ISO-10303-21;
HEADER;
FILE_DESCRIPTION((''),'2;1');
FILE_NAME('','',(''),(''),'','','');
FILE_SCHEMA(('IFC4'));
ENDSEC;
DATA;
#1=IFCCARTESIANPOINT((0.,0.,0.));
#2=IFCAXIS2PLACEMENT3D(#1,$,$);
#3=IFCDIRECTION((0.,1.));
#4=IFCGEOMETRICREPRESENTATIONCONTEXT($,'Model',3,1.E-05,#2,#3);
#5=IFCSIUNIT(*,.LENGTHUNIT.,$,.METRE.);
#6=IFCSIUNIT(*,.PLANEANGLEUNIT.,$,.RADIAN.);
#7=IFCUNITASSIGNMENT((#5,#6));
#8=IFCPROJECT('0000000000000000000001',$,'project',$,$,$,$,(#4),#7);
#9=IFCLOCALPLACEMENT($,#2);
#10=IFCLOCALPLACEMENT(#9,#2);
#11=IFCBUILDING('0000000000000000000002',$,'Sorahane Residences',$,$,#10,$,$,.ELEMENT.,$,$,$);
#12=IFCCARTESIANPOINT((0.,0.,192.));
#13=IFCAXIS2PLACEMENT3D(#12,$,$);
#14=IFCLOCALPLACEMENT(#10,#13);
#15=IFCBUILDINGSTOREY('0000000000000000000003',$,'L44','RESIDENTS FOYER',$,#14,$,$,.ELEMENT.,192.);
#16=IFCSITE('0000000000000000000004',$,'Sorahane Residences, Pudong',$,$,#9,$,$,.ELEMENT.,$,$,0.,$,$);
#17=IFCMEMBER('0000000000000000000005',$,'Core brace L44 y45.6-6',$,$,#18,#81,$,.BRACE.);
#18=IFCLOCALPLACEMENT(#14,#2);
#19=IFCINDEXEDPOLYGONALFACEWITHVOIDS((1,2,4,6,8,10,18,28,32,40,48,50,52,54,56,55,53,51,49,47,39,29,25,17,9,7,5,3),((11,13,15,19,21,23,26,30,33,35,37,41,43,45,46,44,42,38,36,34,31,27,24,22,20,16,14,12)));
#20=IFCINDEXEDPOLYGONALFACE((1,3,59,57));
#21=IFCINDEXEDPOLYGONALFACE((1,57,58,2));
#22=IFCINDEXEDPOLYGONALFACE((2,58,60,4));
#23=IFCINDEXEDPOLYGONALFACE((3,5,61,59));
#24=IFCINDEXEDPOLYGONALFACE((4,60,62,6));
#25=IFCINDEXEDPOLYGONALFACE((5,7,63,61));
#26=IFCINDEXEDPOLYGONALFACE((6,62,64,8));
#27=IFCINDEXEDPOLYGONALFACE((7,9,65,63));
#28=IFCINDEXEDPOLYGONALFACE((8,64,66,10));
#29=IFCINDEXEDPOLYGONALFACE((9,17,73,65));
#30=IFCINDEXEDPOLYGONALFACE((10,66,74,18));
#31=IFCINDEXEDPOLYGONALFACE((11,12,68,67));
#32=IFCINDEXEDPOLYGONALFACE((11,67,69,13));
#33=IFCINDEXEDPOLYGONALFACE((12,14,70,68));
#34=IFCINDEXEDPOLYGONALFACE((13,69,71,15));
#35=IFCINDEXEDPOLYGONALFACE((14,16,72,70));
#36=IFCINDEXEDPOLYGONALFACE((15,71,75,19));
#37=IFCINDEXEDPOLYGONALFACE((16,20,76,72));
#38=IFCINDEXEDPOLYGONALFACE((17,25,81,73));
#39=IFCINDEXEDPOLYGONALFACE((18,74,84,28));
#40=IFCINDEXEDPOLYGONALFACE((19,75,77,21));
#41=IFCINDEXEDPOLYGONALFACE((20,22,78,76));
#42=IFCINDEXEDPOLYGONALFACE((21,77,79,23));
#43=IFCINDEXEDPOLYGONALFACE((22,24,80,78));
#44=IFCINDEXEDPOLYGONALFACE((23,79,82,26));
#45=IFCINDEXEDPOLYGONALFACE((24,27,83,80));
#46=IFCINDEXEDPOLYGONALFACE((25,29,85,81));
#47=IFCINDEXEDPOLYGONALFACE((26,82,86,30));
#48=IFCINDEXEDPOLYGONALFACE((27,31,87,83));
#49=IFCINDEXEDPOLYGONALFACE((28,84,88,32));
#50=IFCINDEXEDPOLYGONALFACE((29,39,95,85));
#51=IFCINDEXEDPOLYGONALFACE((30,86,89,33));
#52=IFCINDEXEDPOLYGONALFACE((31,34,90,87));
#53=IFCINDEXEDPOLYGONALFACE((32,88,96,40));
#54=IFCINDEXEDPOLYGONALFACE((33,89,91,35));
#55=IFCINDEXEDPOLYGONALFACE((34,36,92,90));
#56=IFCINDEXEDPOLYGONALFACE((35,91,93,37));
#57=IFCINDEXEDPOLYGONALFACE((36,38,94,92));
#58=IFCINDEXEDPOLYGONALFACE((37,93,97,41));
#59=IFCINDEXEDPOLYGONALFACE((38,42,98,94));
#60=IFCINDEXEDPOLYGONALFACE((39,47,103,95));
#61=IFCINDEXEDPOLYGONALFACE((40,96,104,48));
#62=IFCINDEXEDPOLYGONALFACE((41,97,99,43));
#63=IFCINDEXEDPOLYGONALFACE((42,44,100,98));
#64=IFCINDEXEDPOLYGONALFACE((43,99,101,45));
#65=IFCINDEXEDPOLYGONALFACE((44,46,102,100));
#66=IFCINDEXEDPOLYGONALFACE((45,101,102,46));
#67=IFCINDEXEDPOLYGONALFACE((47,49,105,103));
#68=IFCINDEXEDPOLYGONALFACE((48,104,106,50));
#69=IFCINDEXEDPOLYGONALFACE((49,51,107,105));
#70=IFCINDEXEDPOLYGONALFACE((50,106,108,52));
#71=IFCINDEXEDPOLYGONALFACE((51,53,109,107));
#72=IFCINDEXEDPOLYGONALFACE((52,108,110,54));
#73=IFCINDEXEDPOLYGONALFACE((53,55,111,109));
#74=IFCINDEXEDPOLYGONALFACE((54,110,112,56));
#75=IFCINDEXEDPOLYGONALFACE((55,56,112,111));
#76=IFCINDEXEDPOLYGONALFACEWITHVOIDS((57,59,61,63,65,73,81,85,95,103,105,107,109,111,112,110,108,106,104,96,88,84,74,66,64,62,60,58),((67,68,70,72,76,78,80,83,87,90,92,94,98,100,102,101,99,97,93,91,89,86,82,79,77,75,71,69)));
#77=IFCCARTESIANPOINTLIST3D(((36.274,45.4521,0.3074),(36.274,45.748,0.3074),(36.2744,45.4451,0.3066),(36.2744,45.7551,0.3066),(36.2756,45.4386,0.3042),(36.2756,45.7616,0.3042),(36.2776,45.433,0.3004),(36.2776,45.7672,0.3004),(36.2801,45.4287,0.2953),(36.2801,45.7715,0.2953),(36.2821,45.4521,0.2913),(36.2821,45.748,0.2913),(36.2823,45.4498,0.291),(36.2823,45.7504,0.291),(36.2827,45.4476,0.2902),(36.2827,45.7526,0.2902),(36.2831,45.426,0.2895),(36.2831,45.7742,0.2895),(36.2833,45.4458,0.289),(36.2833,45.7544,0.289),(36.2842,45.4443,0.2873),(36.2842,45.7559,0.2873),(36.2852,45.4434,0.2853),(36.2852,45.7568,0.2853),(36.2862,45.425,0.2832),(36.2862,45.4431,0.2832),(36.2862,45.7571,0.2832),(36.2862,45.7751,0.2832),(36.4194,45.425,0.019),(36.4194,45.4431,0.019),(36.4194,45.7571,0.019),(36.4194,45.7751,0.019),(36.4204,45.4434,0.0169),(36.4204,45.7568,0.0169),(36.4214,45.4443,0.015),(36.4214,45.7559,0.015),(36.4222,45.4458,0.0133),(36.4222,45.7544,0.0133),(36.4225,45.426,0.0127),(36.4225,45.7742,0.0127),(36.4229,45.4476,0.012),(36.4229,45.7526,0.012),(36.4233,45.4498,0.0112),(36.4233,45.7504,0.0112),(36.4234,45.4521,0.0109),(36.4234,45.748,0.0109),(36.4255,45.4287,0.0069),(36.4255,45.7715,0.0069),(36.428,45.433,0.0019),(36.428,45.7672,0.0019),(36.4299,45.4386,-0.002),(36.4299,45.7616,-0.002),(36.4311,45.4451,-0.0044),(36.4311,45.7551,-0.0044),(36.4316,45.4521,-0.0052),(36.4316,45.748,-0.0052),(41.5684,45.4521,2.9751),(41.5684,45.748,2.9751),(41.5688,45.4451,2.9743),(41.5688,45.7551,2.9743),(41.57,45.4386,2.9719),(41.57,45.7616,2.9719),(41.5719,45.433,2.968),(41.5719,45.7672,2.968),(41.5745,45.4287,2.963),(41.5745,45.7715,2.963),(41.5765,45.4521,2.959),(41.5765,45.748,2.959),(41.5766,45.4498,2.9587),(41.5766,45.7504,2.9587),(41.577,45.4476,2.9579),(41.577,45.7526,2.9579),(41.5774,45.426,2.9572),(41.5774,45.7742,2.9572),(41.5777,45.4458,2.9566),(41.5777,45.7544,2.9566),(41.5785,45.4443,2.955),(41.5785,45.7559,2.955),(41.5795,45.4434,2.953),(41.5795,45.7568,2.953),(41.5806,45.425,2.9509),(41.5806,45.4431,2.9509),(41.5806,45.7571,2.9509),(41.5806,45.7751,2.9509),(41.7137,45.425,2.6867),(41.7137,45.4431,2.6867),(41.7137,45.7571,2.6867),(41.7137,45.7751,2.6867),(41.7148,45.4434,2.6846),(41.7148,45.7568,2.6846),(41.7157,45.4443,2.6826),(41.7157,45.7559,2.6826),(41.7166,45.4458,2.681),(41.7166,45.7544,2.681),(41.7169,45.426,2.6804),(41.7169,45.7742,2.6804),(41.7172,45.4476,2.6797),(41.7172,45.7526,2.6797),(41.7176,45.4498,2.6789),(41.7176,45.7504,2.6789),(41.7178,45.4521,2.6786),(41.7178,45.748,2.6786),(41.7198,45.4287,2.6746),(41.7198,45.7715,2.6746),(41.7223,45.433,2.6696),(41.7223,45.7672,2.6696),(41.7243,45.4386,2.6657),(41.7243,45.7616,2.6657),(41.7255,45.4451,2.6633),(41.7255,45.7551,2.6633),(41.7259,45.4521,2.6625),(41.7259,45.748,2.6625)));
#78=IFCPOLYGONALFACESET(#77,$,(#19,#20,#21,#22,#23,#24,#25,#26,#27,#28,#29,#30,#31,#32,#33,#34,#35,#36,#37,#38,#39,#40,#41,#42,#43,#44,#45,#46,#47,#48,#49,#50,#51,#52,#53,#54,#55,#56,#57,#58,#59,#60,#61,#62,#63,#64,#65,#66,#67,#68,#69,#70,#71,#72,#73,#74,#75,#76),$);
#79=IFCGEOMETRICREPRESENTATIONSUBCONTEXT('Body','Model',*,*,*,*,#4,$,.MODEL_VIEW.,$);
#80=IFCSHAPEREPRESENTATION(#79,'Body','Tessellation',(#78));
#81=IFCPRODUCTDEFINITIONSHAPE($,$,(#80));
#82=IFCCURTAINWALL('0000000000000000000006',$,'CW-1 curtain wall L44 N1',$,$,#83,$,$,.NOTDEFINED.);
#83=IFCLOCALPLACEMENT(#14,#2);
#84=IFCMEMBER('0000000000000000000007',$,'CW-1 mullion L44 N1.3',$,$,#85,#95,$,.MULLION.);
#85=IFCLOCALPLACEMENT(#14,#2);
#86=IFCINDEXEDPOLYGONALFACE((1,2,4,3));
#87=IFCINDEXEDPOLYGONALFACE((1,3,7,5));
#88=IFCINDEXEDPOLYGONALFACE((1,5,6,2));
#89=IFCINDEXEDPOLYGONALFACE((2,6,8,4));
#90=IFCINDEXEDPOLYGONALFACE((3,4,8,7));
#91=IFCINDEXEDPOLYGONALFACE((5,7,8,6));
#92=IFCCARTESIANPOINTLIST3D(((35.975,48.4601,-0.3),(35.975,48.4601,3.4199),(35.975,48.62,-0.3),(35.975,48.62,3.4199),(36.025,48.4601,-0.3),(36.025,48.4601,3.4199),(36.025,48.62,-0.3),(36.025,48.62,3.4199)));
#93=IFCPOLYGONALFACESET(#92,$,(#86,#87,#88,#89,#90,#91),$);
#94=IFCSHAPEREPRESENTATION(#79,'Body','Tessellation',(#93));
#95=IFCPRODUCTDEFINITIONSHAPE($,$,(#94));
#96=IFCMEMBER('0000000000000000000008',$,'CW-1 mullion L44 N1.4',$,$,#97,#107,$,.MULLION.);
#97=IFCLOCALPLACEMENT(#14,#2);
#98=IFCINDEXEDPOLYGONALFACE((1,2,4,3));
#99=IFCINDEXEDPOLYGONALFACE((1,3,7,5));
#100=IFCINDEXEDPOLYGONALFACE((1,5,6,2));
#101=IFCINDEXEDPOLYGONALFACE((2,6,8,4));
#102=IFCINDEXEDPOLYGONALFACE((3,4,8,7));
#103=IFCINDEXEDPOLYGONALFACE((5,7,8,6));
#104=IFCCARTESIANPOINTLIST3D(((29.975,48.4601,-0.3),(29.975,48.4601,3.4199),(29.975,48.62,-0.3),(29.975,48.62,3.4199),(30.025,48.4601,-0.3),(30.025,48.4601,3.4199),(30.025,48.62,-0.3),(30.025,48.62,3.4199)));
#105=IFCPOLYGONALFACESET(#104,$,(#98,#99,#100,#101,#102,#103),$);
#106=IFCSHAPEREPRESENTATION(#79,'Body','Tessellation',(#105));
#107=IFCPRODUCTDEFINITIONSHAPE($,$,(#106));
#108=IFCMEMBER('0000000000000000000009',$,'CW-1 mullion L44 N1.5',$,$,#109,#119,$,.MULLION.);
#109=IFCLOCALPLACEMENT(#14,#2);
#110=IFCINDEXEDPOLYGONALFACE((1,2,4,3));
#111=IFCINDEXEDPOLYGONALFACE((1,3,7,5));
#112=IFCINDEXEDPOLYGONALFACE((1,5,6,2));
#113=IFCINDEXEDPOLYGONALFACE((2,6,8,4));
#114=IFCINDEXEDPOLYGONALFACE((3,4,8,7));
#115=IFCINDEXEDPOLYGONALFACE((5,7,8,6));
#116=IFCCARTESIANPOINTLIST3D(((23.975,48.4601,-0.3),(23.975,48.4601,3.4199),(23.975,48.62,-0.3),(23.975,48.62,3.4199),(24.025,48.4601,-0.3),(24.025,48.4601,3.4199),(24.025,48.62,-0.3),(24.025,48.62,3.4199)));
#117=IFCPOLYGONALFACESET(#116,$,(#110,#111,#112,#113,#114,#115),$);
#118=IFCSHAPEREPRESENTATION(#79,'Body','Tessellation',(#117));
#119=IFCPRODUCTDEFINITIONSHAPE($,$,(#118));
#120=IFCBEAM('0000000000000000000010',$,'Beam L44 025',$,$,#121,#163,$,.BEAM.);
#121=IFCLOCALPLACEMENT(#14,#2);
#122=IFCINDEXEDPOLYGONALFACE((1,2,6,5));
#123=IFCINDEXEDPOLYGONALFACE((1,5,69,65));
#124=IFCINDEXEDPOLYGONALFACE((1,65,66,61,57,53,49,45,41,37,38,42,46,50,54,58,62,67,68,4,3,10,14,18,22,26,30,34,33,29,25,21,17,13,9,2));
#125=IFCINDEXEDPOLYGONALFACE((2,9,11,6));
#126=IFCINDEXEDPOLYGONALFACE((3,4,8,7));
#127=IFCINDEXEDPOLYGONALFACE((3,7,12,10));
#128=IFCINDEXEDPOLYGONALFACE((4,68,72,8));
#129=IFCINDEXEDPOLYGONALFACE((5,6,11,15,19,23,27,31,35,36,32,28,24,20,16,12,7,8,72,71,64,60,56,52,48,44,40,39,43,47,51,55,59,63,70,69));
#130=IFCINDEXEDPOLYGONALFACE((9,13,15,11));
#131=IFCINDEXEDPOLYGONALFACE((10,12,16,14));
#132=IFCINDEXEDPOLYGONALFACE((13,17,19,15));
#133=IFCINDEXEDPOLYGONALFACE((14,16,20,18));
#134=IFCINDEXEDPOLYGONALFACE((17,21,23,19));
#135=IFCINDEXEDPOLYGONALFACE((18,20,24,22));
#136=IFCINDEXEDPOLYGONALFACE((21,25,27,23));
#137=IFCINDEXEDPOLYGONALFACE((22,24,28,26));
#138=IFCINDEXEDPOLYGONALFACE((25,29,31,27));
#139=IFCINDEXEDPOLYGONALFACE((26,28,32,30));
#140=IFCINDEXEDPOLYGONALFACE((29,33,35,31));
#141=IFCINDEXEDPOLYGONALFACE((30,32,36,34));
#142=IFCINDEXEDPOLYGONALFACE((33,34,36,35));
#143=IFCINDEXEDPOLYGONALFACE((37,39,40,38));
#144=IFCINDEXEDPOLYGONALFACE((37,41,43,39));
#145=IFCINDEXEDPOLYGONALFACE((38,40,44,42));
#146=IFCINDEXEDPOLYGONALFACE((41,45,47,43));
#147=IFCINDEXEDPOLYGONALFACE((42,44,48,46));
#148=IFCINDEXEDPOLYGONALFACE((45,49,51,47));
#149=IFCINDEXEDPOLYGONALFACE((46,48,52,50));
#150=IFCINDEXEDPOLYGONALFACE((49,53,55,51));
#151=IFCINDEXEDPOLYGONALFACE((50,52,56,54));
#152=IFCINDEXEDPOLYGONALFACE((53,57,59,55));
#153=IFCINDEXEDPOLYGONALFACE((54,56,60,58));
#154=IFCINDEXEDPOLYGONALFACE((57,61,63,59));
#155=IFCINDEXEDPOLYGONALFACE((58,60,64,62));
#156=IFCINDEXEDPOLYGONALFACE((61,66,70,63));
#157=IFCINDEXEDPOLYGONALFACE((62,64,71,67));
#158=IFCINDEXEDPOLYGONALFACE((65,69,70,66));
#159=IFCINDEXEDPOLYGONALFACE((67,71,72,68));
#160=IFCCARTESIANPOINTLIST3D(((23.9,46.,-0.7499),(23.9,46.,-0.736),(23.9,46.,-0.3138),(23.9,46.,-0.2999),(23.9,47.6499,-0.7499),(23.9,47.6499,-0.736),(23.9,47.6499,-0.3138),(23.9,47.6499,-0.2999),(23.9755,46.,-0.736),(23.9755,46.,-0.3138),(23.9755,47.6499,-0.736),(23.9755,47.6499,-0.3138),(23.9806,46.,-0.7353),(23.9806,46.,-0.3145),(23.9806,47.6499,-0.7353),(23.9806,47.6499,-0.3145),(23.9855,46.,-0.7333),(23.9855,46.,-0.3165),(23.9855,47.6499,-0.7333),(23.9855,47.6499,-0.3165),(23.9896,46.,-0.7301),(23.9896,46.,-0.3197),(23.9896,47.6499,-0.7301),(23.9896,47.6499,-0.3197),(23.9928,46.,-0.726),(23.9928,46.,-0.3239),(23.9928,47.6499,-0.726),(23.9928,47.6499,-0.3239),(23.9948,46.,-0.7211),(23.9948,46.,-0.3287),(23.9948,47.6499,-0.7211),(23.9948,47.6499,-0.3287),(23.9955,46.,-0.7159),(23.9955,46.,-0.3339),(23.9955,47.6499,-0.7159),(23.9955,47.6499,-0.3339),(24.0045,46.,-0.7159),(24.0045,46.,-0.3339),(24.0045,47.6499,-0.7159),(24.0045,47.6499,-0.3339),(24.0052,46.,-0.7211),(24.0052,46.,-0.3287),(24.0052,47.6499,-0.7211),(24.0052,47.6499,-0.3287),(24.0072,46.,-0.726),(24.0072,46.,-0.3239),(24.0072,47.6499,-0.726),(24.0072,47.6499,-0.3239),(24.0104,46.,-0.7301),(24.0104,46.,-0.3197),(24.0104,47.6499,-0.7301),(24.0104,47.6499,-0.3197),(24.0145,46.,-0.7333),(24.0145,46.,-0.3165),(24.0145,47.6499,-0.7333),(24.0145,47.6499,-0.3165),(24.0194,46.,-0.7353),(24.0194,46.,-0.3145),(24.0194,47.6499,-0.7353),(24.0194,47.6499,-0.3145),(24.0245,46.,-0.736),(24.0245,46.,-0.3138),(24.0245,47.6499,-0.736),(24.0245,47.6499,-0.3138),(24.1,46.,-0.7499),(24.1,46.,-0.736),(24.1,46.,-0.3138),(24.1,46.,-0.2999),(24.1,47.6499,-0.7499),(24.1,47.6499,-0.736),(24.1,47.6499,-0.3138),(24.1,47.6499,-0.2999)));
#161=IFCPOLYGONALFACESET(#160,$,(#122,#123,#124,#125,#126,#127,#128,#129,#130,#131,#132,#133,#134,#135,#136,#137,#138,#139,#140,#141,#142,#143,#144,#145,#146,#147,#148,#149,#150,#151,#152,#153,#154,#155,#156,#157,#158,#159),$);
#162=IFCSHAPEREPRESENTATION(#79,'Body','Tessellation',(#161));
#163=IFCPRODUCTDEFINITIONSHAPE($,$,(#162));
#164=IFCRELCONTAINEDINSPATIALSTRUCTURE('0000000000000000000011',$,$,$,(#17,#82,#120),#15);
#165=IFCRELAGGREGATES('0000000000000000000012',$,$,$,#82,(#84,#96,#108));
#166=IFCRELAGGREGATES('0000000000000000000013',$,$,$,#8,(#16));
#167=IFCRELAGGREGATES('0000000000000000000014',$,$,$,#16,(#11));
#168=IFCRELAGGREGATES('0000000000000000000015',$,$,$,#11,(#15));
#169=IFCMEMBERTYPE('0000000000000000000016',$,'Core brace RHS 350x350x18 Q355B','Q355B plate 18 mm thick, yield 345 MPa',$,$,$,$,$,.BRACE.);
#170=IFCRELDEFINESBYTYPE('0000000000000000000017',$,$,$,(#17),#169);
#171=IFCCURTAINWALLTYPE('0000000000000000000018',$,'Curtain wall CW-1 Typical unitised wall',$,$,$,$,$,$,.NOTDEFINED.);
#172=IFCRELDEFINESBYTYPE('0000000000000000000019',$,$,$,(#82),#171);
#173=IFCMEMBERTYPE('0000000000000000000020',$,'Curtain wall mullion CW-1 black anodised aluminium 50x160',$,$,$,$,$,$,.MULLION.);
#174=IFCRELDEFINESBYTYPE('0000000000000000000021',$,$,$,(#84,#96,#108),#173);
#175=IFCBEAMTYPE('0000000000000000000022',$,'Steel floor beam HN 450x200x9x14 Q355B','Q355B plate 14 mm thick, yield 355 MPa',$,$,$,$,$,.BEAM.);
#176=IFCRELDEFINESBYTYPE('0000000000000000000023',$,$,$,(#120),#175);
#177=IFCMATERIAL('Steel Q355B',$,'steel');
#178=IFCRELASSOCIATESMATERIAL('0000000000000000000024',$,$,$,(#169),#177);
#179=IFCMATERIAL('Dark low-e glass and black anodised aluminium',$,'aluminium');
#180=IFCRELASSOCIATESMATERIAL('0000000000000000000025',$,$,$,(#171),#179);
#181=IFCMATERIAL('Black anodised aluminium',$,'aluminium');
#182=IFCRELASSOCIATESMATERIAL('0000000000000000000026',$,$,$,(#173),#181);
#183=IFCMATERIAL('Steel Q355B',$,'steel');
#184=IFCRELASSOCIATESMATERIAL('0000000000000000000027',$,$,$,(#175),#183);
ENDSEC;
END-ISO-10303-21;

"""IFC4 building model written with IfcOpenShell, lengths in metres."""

from ifc_helpers import new_model, si_unit, direction, frame, origin, origin_2d, place, context, subcontext, project, spatial, rectangle, hollow_rectangle, i_section, extrude, material, material_profile, profile_set, type_object, element, aggregate, save


model = new_model("IFC4")

# Units and contexts
model_context = context("Model", 3, precision=1e-05, world=origin(), true_north=direction((0.0, 1.0)))
body_context = subcontext(model_context, "Body", "Model", "MODEL_VIEW")
ifc_project = project(units=[si_unit("LENGTHUNIT", "METRE"), si_unit("PLANEANGLEUNIT", "RADIAN")], contexts=[model_context])

# Site, building, storey
site_placement = place(None, origin())
site = spatial("IfcSite", under=ifc_project, at=site_placement, Name="Sorahane Residences, Pudong", CompositionType="ELEMENT", RefElevation=0.0)
building_placement = place(site_placement, origin())
building = spatial("IfcBuilding", under=site, at=building_placement, Name="Sorahane Residences", CompositionType="ELEMENT")
storey_placement = place(building_placement, frame((0.0, 0.0, 192.0)))
storey = spatial("IfcBuildingStorey", under=building, at=storey_placement, Name="L44", Description="RESIDENTS FOYER", CompositionType="ELEMENT", Elevation=192.0)

# Member
ifc_material_1 = material(Name="Steel Q355B", Category="steel")
ifc_material_profile_1 = material_profile(ifc_material_1, hollow_rectangle(XDim=0.3501, YDim=0.3501, WallThickness=0.0181, InnerFilletRadius=0.009, OuterFilletRadius=0.0271, at=origin_2d()), Name="RHS 350x350x18")
ifc_profile_set_1 = profile_set([ifc_material_profile_1], Name="Steel Q355B")
member_type_1 = type_object("IfcMemberType", Name="Core brace RHS 350x350x18 Q355B", Description="Q355B plate 18 mm thick, yield 345 MPa", PredefinedType="BRACE", material=ifc_profile_set_1)
for number, where, z_axis, x_axis, name in (
    (1, (36.3528, 45.6001, 0.1511), (0.893039, 0.0, 0.449979), (0.0, 1.0, 0.0), "Core brace L44 y45.6-6"),
):
    element("IfcMember", number, at=place(storey_placement, frame(where, z_axis=z_axis, x_axis=x_axis)), inside=storey, type_object=member_type_1, Name=name, PredefinedType="BRACE", context=body_context, shape_type="SweptSolid", body=[
        extrude(hollow_rectangle(XDim=0.3501, YDim=0.3501, WallThickness=0.0181, InnerFilletRadius=0.009, OuterFilletRadius=0.0271, at=origin_2d()), origin(), (0.0, 0.0, 1.0), 5.9285),
    ])

# Curtain wall, members
ifc_material_2 = material(Name="Dark low-e glass and black anodised aluminium", Category="aluminium")
curtain_wall_type = type_object("IfcCurtainWallType", Name="Curtain wall CW-1 Typical unitised wall", PredefinedType="NOTDEFINED", material=ifc_material_2)
curtain_wall_placement = place(storey_placement, origin())
curtain_wall = element("IfcCurtainWall", 2, at=curtain_wall_placement, inside=storey, type_object=curtain_wall_type, Name="CW-1 curtain wall L44 N1", PredefinedType="NOTDEFINED")
ifc_material_3 = material(Name="Black anodised aluminium", Category="aluminium")
ifc_material_profile_2 = material_profile(ifc_material_3, rectangle(XDim=0.1599, YDim=0.05, at=origin_2d()), Name="Curtain wall mullion CW-1 black anodised aluminium 50x160")
ifc_profile_set_2 = profile_set([ifc_material_profile_2], Name="Black anodised aluminium")
member_type_2 = type_object("IfcMemberType", Name="Curtain wall mullion CW-1 black anodised aluminium 50x160", PredefinedType="MULLION", material=ifc_profile_set_2)
member_1_placement = place(storey_placement, frame((36.0, 48.54, -0.3), z_axis=(0.0, 0.0, 1.0), x_axis=(0.0, 1.0, 0.0)))
member_1 = element("IfcMember", 3, at=member_1_placement, type_object=member_type_2, Name="CW-1 mullion L44 N1.3", PredefinedType="MULLION", context=body_context, shape_type="SweptSolid", body=[
    extrude(rectangle(XDim=0.1599, YDim=0.05, at=origin_2d()), origin(), (0.0, 0.0, 1.0), 3.72),
])
member_2_placement = place(storey_placement, frame((30.0, 48.54, -0.3), z_axis=(0.0, 0.0, 1.0), x_axis=(0.0, 1.0, 0.0)))
member_2 = element("IfcMember", 4, at=member_2_placement, type_object=member_type_2, Name="CW-1 mullion L44 N1.4", PredefinedType="MULLION", context=body_context, shape_type="SweptSolid", body=[
    extrude(rectangle(XDim=0.1599, YDim=0.05, at=origin_2d()), origin(), (0.0, 0.0, 1.0), 3.72),
])
member_3_placement = place(storey_placement, frame((24.0, 48.54, -0.3), z_axis=(0.0, 0.0, 1.0), x_axis=(0.0, 1.0, 0.0)))
member_3 = element("IfcMember", 5, at=member_3_placement, type_object=member_type_2, Name="CW-1 mullion L44 N1.5", PredefinedType="MULLION", context=body_context, shape_type="SweptSolid", body=[
    extrude(rectangle(XDim=0.1599, YDim=0.05, at=origin_2d()), origin(), (0.0, 0.0, 1.0), 3.72),
])

# Beam
ifc_material_4 = material(Name="Steel Q355B", Category="steel")
ifc_material_profile_3 = material_profile(ifc_material_4, i_section(OverallWidth=0.2, OverallDepth=0.45, WebThickness=0.009, FlangeThickness=0.0139, FilletRadius=0.02, at=origin_2d()), Name="HN 450x200x9x14")
ifc_profile_set_3 = profile_set([ifc_material_profile_3], Name="Steel Q355B")
beam_type = type_object("IfcBeamType", Name="Steel floor beam HN 450x200x9x14 Q355B", Description="Q355B plate 14 mm thick, yield 355 MPa", PredefinedType="BEAM", material=ifc_profile_set_3)
for number, where, z_axis, x_axis, name in (
    (6, (24.0, 46.0, -0.5249), (0.0, 1.0, 0.0), (-1.0, 0.0, 0.0), "Beam L44 025"),
):
    element("IfcBeam", number, at=place(storey_placement, frame(where, z_axis=z_axis, x_axis=x_axis)), inside=storey, type_object=beam_type, Name=name, PredefinedType="BEAM", context=body_context, shape_type="SweptSolid", body=[
        extrude(i_section(OverallWidth=0.2, OverallDepth=0.45, WebThickness=0.009, FlangeThickness=0.0139, FilletRadius=0.02, at=origin_2d()), origin(), (0.0, 0.0, 1.0), 1.6499),
    ])

aggregate(curtain_wall, [member_1, member_2, member_3])

save(model, "model.ifc")
